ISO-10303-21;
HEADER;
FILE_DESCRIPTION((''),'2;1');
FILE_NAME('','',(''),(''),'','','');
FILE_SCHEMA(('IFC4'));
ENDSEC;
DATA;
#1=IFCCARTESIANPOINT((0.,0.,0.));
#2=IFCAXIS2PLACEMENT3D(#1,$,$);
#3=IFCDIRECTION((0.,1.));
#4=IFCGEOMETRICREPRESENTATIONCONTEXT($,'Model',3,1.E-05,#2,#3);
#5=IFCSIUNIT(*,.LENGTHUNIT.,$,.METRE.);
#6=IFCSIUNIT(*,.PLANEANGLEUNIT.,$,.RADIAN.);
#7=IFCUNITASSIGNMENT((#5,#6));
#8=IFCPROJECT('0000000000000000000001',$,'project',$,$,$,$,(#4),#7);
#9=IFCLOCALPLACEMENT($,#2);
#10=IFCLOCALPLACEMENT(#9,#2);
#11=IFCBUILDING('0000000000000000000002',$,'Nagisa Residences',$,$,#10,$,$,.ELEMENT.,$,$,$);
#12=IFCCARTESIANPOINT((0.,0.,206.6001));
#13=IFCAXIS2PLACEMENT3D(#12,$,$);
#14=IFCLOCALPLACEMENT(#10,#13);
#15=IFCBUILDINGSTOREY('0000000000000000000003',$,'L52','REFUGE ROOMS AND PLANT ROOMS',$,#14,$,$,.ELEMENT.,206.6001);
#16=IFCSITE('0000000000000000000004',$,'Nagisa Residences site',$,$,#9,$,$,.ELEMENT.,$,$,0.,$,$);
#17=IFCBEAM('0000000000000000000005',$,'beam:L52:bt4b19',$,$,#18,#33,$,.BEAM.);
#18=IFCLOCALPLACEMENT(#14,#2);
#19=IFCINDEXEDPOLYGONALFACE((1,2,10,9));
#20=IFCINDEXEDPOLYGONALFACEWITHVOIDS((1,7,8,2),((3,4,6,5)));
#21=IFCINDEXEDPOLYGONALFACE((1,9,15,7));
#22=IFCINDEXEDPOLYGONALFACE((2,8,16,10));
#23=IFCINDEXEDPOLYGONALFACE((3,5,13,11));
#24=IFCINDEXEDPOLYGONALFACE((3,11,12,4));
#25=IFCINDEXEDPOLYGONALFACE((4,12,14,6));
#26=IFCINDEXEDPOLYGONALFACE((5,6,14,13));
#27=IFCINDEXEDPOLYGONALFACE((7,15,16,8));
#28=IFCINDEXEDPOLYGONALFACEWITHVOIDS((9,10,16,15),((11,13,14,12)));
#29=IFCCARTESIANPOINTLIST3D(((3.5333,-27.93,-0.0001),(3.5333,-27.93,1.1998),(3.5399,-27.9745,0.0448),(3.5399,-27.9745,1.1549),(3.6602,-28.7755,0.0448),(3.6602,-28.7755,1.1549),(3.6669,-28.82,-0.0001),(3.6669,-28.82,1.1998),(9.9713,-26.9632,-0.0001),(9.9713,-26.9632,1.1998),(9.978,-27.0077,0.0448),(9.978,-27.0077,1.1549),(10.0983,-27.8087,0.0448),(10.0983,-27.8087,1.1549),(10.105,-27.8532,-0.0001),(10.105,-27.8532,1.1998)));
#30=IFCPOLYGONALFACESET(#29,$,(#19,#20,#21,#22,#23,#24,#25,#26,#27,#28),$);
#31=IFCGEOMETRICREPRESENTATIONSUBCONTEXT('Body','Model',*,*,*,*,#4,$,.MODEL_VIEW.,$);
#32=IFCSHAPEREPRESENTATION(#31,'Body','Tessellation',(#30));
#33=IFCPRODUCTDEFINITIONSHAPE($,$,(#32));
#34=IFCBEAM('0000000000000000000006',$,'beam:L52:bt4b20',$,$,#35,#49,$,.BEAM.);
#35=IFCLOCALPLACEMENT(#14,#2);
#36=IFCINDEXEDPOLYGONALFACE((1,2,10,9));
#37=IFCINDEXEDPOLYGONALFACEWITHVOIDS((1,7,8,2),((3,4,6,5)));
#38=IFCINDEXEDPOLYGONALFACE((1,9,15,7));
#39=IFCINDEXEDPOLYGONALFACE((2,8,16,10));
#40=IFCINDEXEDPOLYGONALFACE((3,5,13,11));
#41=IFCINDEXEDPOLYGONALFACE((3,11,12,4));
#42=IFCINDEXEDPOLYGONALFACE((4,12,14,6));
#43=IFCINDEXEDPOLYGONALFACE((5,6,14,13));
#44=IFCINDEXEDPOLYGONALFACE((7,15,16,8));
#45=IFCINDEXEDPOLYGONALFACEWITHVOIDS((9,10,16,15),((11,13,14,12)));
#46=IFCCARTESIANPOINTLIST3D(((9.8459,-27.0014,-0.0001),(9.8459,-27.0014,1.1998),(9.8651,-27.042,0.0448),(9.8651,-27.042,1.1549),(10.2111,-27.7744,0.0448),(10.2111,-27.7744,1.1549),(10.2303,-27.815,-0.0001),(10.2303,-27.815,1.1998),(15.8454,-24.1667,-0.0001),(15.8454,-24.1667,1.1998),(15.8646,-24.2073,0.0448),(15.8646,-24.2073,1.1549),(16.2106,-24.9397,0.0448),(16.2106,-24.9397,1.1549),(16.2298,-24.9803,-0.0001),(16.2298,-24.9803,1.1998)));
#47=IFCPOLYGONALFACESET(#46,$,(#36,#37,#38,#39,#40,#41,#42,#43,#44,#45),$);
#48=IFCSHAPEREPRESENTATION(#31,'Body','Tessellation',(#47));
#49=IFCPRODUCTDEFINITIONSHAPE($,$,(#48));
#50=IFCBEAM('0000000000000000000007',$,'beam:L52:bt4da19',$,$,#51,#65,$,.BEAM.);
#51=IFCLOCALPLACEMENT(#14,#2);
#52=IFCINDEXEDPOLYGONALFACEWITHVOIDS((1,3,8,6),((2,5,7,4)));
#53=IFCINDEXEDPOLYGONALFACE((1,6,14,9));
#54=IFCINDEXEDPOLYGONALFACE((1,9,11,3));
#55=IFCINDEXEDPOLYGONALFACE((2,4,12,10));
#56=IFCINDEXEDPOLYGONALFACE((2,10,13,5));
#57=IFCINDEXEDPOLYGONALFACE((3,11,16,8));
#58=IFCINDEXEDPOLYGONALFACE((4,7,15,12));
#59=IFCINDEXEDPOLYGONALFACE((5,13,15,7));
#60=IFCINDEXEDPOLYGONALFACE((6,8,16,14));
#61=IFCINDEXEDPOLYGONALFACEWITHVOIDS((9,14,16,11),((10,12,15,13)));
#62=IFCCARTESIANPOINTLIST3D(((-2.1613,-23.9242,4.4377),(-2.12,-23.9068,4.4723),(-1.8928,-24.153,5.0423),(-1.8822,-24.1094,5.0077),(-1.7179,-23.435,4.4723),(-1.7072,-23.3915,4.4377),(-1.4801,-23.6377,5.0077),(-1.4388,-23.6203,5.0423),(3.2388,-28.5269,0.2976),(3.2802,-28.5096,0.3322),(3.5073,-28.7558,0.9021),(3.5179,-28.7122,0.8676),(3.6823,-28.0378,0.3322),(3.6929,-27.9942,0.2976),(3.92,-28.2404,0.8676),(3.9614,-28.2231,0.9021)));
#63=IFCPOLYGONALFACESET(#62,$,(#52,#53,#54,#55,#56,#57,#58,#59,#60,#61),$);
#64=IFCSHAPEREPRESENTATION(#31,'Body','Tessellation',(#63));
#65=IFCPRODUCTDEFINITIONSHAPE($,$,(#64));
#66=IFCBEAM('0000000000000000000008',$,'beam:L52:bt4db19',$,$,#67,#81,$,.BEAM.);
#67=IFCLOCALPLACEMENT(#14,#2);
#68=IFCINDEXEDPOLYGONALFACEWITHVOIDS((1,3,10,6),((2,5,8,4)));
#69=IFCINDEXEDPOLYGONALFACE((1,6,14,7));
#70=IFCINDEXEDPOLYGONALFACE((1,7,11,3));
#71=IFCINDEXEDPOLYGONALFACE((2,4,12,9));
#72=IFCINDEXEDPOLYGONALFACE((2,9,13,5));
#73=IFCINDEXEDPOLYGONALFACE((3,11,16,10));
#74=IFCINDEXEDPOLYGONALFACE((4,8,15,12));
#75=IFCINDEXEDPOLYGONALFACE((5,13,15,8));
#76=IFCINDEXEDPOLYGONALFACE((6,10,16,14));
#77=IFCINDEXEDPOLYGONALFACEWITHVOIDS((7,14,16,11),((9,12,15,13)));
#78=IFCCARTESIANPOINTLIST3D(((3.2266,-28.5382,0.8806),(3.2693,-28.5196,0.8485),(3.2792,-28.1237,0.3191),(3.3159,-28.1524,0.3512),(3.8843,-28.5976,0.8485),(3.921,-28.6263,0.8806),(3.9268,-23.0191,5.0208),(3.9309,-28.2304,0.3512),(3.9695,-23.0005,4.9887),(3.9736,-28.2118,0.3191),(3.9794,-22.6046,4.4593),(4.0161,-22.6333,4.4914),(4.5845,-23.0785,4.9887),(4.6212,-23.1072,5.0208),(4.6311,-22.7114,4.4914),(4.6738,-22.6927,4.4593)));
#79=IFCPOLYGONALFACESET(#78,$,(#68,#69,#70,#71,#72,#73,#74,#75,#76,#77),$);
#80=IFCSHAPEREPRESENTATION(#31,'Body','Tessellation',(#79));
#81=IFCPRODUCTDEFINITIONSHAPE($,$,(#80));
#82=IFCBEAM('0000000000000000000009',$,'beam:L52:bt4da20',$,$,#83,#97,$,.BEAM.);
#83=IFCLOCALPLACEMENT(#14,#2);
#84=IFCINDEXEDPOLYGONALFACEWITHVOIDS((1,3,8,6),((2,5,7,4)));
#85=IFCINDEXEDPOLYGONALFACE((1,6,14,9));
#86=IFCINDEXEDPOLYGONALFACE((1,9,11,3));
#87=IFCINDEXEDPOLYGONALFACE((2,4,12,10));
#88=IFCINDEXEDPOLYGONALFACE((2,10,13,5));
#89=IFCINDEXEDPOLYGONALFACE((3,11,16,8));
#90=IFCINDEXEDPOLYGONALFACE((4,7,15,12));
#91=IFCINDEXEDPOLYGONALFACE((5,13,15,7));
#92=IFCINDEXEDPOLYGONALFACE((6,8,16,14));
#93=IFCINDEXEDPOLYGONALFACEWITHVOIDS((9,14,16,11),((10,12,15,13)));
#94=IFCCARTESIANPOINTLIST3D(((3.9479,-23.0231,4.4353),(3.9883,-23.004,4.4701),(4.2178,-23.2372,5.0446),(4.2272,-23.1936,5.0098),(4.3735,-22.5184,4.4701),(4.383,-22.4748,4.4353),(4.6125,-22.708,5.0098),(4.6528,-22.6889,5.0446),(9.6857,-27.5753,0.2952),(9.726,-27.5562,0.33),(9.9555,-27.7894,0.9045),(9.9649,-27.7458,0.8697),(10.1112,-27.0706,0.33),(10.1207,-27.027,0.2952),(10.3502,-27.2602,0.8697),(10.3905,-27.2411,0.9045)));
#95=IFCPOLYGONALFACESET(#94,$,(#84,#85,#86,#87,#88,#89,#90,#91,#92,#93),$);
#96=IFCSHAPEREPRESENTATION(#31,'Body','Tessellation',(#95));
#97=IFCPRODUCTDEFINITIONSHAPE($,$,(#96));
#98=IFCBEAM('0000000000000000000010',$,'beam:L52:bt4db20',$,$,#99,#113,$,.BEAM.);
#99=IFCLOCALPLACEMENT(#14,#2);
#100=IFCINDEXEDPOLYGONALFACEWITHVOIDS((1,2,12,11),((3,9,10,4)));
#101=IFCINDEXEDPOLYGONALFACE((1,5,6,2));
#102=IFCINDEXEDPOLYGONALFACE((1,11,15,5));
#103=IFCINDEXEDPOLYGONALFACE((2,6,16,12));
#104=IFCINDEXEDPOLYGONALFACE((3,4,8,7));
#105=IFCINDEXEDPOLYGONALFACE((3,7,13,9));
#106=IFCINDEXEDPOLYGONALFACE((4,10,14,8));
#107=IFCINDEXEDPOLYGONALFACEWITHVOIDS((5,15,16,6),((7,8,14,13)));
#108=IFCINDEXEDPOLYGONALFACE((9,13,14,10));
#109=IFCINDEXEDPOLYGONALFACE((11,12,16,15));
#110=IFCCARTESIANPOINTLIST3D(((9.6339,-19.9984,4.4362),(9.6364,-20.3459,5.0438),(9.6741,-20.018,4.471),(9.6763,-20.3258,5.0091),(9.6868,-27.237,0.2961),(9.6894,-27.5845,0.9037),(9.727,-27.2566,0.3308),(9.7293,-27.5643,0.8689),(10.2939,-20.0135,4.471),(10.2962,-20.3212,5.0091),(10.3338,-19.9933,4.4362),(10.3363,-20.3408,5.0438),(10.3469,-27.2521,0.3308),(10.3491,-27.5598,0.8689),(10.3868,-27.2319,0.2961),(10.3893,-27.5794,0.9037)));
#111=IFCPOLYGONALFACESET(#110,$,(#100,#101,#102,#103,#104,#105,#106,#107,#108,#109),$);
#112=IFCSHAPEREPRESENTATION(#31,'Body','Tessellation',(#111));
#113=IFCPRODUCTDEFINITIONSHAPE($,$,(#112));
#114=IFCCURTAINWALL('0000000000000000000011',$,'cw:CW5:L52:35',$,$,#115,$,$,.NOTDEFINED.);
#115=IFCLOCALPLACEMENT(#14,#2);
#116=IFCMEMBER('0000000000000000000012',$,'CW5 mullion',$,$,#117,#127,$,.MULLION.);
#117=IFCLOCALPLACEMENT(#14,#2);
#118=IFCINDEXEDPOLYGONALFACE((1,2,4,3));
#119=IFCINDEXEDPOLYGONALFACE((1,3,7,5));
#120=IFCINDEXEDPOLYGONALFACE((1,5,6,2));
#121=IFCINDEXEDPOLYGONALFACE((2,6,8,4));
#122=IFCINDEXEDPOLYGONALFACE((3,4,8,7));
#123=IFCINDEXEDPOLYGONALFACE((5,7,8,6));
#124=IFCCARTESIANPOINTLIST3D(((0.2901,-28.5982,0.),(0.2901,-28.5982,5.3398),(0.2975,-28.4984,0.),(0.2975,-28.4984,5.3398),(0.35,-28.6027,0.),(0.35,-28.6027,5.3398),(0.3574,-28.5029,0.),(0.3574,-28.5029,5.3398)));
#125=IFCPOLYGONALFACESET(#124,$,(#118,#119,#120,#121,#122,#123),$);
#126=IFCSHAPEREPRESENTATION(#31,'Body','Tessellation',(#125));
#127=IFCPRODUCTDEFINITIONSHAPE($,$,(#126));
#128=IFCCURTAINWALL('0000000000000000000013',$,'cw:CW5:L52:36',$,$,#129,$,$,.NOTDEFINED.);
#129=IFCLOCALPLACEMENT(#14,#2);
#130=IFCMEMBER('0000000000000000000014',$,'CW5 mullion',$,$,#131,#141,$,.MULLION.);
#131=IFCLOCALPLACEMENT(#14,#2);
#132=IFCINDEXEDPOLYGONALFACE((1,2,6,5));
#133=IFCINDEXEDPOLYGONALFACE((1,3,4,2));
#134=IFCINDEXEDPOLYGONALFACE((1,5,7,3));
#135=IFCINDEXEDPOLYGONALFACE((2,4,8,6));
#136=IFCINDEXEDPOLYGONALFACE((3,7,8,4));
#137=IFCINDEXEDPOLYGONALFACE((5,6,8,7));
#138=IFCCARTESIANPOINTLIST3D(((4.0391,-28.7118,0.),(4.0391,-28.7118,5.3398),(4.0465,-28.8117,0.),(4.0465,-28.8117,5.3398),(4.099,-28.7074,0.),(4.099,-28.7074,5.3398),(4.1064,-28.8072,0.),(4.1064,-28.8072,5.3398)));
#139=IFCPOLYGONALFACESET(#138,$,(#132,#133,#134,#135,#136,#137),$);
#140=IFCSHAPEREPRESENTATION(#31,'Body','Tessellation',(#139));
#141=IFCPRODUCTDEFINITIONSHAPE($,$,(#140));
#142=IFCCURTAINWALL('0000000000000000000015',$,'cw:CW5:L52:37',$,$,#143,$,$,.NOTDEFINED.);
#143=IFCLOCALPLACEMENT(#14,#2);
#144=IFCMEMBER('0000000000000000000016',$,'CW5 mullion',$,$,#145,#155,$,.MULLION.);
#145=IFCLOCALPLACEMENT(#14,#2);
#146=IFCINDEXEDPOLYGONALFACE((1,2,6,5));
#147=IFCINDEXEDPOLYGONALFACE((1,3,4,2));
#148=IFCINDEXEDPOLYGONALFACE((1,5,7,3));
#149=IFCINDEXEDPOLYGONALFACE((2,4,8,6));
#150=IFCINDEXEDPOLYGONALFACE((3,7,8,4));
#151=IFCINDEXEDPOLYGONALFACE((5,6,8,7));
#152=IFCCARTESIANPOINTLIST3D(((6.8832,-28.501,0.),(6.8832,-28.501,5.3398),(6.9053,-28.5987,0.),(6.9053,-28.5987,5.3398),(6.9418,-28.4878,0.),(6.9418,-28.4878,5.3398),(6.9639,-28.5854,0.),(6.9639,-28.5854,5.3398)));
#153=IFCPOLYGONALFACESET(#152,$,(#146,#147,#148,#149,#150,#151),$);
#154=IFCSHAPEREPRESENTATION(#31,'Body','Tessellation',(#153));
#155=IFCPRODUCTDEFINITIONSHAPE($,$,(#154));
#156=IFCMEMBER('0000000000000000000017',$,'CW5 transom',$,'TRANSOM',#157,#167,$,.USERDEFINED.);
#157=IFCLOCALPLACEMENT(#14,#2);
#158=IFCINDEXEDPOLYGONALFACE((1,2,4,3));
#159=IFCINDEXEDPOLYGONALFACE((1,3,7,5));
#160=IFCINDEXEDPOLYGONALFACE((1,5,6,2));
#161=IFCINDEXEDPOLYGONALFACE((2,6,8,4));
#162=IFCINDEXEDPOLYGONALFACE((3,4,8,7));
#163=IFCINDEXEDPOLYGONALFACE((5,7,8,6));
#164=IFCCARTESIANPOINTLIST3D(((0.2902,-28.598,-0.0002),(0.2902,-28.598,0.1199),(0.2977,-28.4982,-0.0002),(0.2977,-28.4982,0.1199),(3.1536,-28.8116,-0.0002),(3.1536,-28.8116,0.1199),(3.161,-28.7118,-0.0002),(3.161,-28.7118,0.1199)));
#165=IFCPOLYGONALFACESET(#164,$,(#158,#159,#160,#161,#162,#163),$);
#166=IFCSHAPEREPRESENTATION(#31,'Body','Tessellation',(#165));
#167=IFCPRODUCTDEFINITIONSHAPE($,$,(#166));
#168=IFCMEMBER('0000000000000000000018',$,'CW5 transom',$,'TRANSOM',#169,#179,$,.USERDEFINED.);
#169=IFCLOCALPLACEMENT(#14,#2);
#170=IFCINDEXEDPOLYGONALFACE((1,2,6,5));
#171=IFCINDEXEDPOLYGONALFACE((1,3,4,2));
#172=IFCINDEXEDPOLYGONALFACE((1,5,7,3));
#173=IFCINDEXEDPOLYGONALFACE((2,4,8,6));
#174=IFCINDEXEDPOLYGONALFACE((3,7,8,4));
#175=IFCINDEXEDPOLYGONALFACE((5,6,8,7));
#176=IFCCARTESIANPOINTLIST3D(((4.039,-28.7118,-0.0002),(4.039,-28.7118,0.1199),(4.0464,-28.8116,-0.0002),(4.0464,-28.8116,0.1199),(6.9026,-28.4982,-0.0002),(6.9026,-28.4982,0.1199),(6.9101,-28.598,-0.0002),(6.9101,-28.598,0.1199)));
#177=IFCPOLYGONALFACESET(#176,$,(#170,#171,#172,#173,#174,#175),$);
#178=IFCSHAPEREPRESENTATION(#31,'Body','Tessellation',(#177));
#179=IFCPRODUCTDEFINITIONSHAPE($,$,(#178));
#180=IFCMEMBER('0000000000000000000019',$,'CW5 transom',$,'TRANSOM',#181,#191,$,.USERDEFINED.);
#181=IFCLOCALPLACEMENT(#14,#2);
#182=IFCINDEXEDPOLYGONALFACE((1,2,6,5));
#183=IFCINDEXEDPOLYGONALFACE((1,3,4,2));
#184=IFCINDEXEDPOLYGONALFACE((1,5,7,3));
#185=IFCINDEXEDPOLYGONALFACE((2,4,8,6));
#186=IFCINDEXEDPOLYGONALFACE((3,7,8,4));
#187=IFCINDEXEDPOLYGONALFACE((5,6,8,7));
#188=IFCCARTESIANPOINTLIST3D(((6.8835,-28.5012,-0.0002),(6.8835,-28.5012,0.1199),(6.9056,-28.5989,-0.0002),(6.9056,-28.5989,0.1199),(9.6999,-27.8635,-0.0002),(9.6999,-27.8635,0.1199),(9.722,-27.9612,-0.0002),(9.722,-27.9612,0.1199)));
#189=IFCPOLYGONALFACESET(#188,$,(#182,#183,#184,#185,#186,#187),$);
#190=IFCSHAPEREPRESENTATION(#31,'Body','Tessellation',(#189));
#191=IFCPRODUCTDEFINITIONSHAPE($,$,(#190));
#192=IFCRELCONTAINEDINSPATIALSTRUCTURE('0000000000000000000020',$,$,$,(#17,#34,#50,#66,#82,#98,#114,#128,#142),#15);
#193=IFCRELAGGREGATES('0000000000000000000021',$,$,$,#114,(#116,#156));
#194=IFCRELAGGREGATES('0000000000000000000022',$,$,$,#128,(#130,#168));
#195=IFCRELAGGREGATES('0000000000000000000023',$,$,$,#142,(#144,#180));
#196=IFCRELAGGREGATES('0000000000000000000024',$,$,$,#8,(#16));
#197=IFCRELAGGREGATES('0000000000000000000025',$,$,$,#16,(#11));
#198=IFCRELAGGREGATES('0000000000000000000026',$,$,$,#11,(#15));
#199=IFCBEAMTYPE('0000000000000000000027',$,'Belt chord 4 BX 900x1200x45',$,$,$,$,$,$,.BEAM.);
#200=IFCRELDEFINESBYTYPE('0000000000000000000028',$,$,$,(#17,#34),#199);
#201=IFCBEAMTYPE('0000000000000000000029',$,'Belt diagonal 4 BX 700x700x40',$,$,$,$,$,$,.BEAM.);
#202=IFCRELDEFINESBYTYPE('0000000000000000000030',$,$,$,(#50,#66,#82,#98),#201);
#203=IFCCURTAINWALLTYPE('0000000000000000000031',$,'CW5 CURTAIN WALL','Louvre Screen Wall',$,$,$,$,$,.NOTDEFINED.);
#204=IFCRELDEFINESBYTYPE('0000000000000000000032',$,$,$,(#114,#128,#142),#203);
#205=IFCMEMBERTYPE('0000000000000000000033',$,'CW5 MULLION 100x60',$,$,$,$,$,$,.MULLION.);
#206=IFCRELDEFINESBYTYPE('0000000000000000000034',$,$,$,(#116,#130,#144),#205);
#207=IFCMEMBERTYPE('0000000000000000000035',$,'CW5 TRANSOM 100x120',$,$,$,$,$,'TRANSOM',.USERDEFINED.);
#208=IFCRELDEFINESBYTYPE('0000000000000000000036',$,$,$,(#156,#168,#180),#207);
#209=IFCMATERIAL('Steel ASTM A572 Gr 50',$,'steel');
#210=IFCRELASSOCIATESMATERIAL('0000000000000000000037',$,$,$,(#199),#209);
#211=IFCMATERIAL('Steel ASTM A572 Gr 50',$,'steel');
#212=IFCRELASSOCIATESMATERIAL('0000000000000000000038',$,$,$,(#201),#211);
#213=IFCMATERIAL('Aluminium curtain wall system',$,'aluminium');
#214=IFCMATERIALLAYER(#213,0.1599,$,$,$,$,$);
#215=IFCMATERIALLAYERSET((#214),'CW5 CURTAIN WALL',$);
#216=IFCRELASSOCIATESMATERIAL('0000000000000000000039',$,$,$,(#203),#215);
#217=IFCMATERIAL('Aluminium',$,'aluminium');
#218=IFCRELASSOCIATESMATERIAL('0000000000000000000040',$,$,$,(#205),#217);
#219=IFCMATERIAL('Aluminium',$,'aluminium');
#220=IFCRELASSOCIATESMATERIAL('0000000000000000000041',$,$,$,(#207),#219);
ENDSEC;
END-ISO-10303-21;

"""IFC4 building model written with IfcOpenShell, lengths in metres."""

from ifc_helpers import new_model, si_unit, direction, frame, origin, origin_2d, place, context, subcontext, project, spatial, rectangle, hollow_rectangle, extrude, material, layer, layer_set, material_profile, profile_set, type_object, element, aggregate, save


model = new_model("IFC4")

# Units and contexts
model_context = context("Model", 3, precision=1e-05, world=origin(), true_north=direction((0.0, 1.0)))
body_context = subcontext(model_context, "Body", "Model", "MODEL_VIEW")
ifc_project = project(units=[si_unit("LENGTHUNIT", "METRE"), si_unit("PLANEANGLEUNIT", "RADIAN")], contexts=[model_context])

# Site, building, storey
site_placement = place(None, origin())
site = spatial("IfcSite", under=ifc_project, at=site_placement, Name="Nagisa Residences site", CompositionType="ELEMENT", RefElevation=0.0)
building_placement = place(site_placement, origin())
building = spatial("IfcBuilding", under=site, at=building_placement, Name="Nagisa Residences", CompositionType="ELEMENT")
storey_placement = place(building_placement, frame((0.0, 0.0, 206.6001)))
storey = spatial("IfcBuildingStorey", under=building, at=storey_placement, Name="L52", Description="REFUGE ROOMS AND PLANT ROOMS", CompositionType="ELEMENT", Elevation=206.6001)

# Beams
ifc_material_1 = material(Name="Steel ASTM A572 Gr 50", Category="steel")
ifc_material_profile_1 = material_profile(ifc_material_1, hollow_rectangle(XDim=0.8999, YDim=1.2, WallThickness=0.0449, at=origin_2d()), Name="BX 900x1200x45")
ifc_profile_set_1 = profile_set([ifc_material_profile_1], Name="Steel ASTM A572 Gr 50")
beam_type_1 = type_object("IfcBeamType", Name="Belt chord 4 BX 900x1200x45", PredefinedType="BEAM", material=ifc_profile_set_1)
beam_1_placement = place(storey_placement, frame((3.6001, -28.375, 0.5999), z_axis=(0.988912, 0.148505, 0.0), x_axis=(-0.148505, 0.988912, 0.0)))
element("IfcBeam", 1, at=beam_1_placement, inside=storey, type_object=beam_type_1, Name="beam:L52:bt4b19", PredefinedType="BEAM", context=body_context, shape_type="SweptSolid", body=[
    extrude(hollow_rectangle(XDim=0.8999, YDim=1.2, WallThickness=0.0449, at=origin_2d()), origin(), (0.0, 0.0, 1.0), 6.5103),
])
beam_2_placement = place(storey_placement, frame((10.0381, -27.4082, 0.5999), z_axis=(0.904155, 0.427205, 0.0), x_axis=(-0.427205, 0.904155, 0.0)))
element("IfcBeam", 2, at=beam_2_placement, inside=storey, type_object=beam_type_1, Name="beam:L52:bt4b20", PredefinedType="BEAM", context=body_context, shape_type="SweptSolid", body=[
    extrude(hollow_rectangle(XDim=0.8999, YDim=1.2, WallThickness=0.0449, at=origin_2d()), origin(), (0.0, 0.0, 1.0), 6.6355),
])
ifc_material_2 = material(Name="Steel ASTM A572 Gr 50", Category="steel")
ifc_material_profile_2 = material_profile(ifc_material_2, hollow_rectangle(XDim=0.7, YDim=0.7, WallThickness=0.04, at=origin_2d()), Name="BX 700x700x40")
ifc_profile_set_2 = profile_set([ifc_material_profile_2], Name="Steel ASTM A572 Gr 50")
beam_type_2 = type_object("IfcBeamType", Name="Belt diagonal 4 BX 700x700x40", PredefinedType="BEAM", material=ifc_profile_set_2)
beam_3_placement = place(storey_placement, frame((3.6001, -28.375, 0.5999), z_axis=(-0.657344, 0.560283, 0.503966), x_axis=(-0.648684, -0.761058, 0.0)))
element("IfcBeam", 3, at=beam_3_placement, inside=storey, type_object=beam_type_2, Name="beam:L52:bt4da19", PredefinedType="BEAM", context=body_context, shape_type="SweptSolid", body=[
    extrude(hollow_rectangle(XDim=0.7, YDim=0.7, WallThickness=0.04, at=origin_2d()), origin(), (0.0, 0.0, 1.0), 8.2151),
])
beam_4_placement = place(storey_placement, frame((3.6001, -28.375, 0.5999), z_axis=(0.100969, 0.795853, 0.597013), x_axis=(-0.992048, 0.12586, 0.0)))
element("IfcBeam", 4, at=beam_4_placement, inside=storey, type_object=beam_type_2, Name="beam:L52:bt4db19", PredefinedType="BEAM", context=body_context, shape_type="SweptSolid", body=[
    extrude(hollow_rectangle(XDim=0.7, YDim=0.7, WallThickness=0.04, at=origin_2d()), origin(), (0.0, 0.0, 1.0), 6.9348),
])
beam_5_placement = place(storey_placement, frame((10.0381, -27.4082, 0.5999), z_axis=(-0.68198, 0.541068, 0.492086), x_axis=(-0.621527, -0.783392, 0.0)))
element("IfcBeam", 5, at=beam_5_placement, inside=storey, type_object=beam_type_2, Name="beam:L52:bt4da20", PredefinedType="BEAM", context=body_context, shape_type="SweptSolid", body=[
    extrude(hollow_rectangle(XDim=0.7, YDim=0.7, WallThickness=0.04, at=origin_2d()), origin(), (0.0, 0.0, 1.0), 8.4133),
])
beam_6_placement = place(storey_placement, frame((10.0381, -27.4082, 0.5999), z_axis=(-0.006353, 0.868027, 0.496476), x_axis=(-0.999973, -0.007319, 0.0)))
element("IfcBeam", 6, at=beam_6_placement, inside=storey, type_object=beam_type_2, Name="beam:L52:bt4db20", PredefinedType="BEAM", context=body_context, shape_type="SweptSolid", body=[
    extrude(hollow_rectangle(XDim=0.7, YDim=0.7, WallThickness=0.04, at=origin_2d()), origin(), (0.0, 0.0, 1.0), 8.3391),
])

# Curtain walls, members
ifc_material_3 = material(Name="Aluminium curtain wall system", Category="aluminium")
ifc_layer_1 = layer(ifc_material_3, 0.1599)
ifc_layer_set_1 = layer_set([ifc_layer_1], Name="CW5 CURTAIN WALL")
curtain_wall_type = type_object("IfcCurtainWallType", Name="CW5 CURTAIN WALL", Description="Louvre Screen Wall", PredefinedType="NOTDEFINED", material=ifc_layer_set_1)
curtain_wall_1_placement = place(storey_placement, origin())
curtain_wall_1 = element("IfcCurtainWall", 7, at=curtain_wall_1_placement, inside=storey, type_object=curtain_wall_type, Name="cw:CW5:L52:35", PredefinedType="NOTDEFINED")
ifc_material_4 = material(Name="Aluminium", Category="aluminium")
ifc_material_profile_3 = material_profile(ifc_material_4, rectangle(XDim=0.1001, YDim=0.0601, at=origin_2d()), Name="CW5 MULLION 100x60")
ifc_profile_set_3 = profile_set([ifc_material_profile_3], Name="Aluminium")
member_type_1 = type_object("IfcMemberType", Name="CW5 MULLION 100x60", PredefinedType="MULLION", material=ifc_profile_set_3)
member_1_placement = place(storey_placement, frame((0.3237, -28.5505, 0.0), z_axis=(0.0, 0.0, 1.0), x_axis=(0.074377, 0.99723, 0.0)))
member_1 = element("IfcMember", 8, at=member_1_placement, type_object=member_type_1, Name="CW5 mullion", PredefinedType="MULLION", context=body_context, shape_type="SweptSolid", body=[
    extrude(rectangle(XDim=0.1001, YDim=0.0601, at=origin_2d()), origin(), (0.0, 0.0, 1.0), 5.3398),
])
curtain_wall_2_placement = place(storey_placement, origin())
curtain_wall_2 = element("IfcCurtainWall", 9, at=curtain_wall_2_placement, inside=storey, type_object=curtain_wall_type, Name="cw:CW5:L52:36", PredefinedType="NOTDEFINED")
member_2_placement = place(storey_placement, frame((4.0728, -28.7595, 0.0), z_axis=(0.0, 0.0, 1.0), x_axis=(-0.074377, 0.99723, 0.0)))
member_2 = element("IfcMember", 10, at=member_2_placement, type_object=member_type_1, Name="CW5 mullion", PredefinedType="MULLION", context=body_context, shape_type="SweptSolid", body=[
    extrude(rectangle(XDim=0.1001, YDim=0.0601, at=origin_2d()), origin(), (0.0, 0.0, 1.0), 5.3398),
])
curtain_wall_3_placement = place(storey_placement, origin())
curtain_wall_3 = element("IfcCurtainWall", 11, at=curtain_wall_3_placement, inside=storey, type_object=curtain_wall_type, Name="cw:CW5:L52:37", PredefinedType="NOTDEFINED")
member_3_placement = place(storey_placement, frame((6.9236, -28.5432, 0.0), z_axis=(0.0, 0.0, 1.0), x_axis=(-0.220764, 0.975327, 0.0)))
member_3 = element("IfcMember", 12, at=member_3_placement, type_object=member_type_1, Name="CW5 mullion", PredefinedType="MULLION", context=body_context, shape_type="SweptSolid", body=[
    extrude(rectangle(XDim=0.1001, YDim=0.0601, at=origin_2d()), origin(), (0.0, 0.0, 1.0), 5.3398),
])

# Members
ifc_material_5 = material(Name="Aluminium", Category="aluminium")
ifc_material_profile_4 = material_profile(ifc_material_5, rectangle(XDim=0.1001, YDim=0.1201, at=origin_2d()), Name="CW5 TRANSOM 100x120")
ifc_profile_set_4 = profile_set([ifc_material_profile_4], Name="Aluminium")
member_type_2 = type_object("IfcMemberType", Name="CW5 TRANSOM 100x120", ElementType="TRANSOM", PredefinedType="USERDEFINED", material=ifc_profile_set_4)
member_4_placement = place(storey_placement, frame((0.2939, -28.5481, 0.0598), z_axis=(0.997228, -0.074401, 0.0), x_axis=(0.074401, 0.997228, 0.0)))
member_4 = element("IfcMember", 13, at=member_4_placement, type_object=member_type_2, Name="CW5 transom", ObjectType="TRANSOM", PredefinedType="USERDEFINED", context=body_context, shape_type="SweptSolid", body=[
    extrude(rectangle(XDim=0.1001, YDim=0.1201, at=origin_2d()), origin(), (0.0, 0.0, 1.0), 2.8713),
])
member_5_placement = place(storey_placement, frame((4.0427, -28.7617, 0.0598), z_axis=(0.997229, 0.074395, 0.0), x_axis=(-0.074395, 0.997229, 0.0)))
member_5 = element("IfcMember", 14, at=member_5_placement, type_object=member_type_2, Name="CW5 transom", ObjectType="TRANSOM", PredefinedType="USERDEFINED", context=body_context, shape_type="SweptSolid", body=[
    extrude(rectangle(XDim=0.1001, YDim=0.1201, at=origin_2d()), origin(), (0.0, 0.0, 1.0), 2.8716),
])
member_6_placement = place(storey_placement, frame((6.8945, -28.55, 0.0598), z_axis=(0.975312, 0.220832, 0.0), x_axis=(-0.220832, 0.975312, 0.0)))
member_6 = element("IfcMember", 15, at=member_6_placement, type_object=member_type_2, Name="CW5 transom", ObjectType="TRANSOM", PredefinedType="USERDEFINED", context=body_context, shape_type="SweptSolid", body=[
    extrude(rectangle(XDim=0.1001, YDim=0.1201, at=origin_2d()), origin(), (0.0, 0.0, 1.0), 2.8877),
])

aggregate(curtain_wall_1, [member_1, member_4])
aggregate(curtain_wall_2, [member_2, member_5])
aggregate(curtain_wall_3, [member_3, member_6])

save(model, "model.ifc")
